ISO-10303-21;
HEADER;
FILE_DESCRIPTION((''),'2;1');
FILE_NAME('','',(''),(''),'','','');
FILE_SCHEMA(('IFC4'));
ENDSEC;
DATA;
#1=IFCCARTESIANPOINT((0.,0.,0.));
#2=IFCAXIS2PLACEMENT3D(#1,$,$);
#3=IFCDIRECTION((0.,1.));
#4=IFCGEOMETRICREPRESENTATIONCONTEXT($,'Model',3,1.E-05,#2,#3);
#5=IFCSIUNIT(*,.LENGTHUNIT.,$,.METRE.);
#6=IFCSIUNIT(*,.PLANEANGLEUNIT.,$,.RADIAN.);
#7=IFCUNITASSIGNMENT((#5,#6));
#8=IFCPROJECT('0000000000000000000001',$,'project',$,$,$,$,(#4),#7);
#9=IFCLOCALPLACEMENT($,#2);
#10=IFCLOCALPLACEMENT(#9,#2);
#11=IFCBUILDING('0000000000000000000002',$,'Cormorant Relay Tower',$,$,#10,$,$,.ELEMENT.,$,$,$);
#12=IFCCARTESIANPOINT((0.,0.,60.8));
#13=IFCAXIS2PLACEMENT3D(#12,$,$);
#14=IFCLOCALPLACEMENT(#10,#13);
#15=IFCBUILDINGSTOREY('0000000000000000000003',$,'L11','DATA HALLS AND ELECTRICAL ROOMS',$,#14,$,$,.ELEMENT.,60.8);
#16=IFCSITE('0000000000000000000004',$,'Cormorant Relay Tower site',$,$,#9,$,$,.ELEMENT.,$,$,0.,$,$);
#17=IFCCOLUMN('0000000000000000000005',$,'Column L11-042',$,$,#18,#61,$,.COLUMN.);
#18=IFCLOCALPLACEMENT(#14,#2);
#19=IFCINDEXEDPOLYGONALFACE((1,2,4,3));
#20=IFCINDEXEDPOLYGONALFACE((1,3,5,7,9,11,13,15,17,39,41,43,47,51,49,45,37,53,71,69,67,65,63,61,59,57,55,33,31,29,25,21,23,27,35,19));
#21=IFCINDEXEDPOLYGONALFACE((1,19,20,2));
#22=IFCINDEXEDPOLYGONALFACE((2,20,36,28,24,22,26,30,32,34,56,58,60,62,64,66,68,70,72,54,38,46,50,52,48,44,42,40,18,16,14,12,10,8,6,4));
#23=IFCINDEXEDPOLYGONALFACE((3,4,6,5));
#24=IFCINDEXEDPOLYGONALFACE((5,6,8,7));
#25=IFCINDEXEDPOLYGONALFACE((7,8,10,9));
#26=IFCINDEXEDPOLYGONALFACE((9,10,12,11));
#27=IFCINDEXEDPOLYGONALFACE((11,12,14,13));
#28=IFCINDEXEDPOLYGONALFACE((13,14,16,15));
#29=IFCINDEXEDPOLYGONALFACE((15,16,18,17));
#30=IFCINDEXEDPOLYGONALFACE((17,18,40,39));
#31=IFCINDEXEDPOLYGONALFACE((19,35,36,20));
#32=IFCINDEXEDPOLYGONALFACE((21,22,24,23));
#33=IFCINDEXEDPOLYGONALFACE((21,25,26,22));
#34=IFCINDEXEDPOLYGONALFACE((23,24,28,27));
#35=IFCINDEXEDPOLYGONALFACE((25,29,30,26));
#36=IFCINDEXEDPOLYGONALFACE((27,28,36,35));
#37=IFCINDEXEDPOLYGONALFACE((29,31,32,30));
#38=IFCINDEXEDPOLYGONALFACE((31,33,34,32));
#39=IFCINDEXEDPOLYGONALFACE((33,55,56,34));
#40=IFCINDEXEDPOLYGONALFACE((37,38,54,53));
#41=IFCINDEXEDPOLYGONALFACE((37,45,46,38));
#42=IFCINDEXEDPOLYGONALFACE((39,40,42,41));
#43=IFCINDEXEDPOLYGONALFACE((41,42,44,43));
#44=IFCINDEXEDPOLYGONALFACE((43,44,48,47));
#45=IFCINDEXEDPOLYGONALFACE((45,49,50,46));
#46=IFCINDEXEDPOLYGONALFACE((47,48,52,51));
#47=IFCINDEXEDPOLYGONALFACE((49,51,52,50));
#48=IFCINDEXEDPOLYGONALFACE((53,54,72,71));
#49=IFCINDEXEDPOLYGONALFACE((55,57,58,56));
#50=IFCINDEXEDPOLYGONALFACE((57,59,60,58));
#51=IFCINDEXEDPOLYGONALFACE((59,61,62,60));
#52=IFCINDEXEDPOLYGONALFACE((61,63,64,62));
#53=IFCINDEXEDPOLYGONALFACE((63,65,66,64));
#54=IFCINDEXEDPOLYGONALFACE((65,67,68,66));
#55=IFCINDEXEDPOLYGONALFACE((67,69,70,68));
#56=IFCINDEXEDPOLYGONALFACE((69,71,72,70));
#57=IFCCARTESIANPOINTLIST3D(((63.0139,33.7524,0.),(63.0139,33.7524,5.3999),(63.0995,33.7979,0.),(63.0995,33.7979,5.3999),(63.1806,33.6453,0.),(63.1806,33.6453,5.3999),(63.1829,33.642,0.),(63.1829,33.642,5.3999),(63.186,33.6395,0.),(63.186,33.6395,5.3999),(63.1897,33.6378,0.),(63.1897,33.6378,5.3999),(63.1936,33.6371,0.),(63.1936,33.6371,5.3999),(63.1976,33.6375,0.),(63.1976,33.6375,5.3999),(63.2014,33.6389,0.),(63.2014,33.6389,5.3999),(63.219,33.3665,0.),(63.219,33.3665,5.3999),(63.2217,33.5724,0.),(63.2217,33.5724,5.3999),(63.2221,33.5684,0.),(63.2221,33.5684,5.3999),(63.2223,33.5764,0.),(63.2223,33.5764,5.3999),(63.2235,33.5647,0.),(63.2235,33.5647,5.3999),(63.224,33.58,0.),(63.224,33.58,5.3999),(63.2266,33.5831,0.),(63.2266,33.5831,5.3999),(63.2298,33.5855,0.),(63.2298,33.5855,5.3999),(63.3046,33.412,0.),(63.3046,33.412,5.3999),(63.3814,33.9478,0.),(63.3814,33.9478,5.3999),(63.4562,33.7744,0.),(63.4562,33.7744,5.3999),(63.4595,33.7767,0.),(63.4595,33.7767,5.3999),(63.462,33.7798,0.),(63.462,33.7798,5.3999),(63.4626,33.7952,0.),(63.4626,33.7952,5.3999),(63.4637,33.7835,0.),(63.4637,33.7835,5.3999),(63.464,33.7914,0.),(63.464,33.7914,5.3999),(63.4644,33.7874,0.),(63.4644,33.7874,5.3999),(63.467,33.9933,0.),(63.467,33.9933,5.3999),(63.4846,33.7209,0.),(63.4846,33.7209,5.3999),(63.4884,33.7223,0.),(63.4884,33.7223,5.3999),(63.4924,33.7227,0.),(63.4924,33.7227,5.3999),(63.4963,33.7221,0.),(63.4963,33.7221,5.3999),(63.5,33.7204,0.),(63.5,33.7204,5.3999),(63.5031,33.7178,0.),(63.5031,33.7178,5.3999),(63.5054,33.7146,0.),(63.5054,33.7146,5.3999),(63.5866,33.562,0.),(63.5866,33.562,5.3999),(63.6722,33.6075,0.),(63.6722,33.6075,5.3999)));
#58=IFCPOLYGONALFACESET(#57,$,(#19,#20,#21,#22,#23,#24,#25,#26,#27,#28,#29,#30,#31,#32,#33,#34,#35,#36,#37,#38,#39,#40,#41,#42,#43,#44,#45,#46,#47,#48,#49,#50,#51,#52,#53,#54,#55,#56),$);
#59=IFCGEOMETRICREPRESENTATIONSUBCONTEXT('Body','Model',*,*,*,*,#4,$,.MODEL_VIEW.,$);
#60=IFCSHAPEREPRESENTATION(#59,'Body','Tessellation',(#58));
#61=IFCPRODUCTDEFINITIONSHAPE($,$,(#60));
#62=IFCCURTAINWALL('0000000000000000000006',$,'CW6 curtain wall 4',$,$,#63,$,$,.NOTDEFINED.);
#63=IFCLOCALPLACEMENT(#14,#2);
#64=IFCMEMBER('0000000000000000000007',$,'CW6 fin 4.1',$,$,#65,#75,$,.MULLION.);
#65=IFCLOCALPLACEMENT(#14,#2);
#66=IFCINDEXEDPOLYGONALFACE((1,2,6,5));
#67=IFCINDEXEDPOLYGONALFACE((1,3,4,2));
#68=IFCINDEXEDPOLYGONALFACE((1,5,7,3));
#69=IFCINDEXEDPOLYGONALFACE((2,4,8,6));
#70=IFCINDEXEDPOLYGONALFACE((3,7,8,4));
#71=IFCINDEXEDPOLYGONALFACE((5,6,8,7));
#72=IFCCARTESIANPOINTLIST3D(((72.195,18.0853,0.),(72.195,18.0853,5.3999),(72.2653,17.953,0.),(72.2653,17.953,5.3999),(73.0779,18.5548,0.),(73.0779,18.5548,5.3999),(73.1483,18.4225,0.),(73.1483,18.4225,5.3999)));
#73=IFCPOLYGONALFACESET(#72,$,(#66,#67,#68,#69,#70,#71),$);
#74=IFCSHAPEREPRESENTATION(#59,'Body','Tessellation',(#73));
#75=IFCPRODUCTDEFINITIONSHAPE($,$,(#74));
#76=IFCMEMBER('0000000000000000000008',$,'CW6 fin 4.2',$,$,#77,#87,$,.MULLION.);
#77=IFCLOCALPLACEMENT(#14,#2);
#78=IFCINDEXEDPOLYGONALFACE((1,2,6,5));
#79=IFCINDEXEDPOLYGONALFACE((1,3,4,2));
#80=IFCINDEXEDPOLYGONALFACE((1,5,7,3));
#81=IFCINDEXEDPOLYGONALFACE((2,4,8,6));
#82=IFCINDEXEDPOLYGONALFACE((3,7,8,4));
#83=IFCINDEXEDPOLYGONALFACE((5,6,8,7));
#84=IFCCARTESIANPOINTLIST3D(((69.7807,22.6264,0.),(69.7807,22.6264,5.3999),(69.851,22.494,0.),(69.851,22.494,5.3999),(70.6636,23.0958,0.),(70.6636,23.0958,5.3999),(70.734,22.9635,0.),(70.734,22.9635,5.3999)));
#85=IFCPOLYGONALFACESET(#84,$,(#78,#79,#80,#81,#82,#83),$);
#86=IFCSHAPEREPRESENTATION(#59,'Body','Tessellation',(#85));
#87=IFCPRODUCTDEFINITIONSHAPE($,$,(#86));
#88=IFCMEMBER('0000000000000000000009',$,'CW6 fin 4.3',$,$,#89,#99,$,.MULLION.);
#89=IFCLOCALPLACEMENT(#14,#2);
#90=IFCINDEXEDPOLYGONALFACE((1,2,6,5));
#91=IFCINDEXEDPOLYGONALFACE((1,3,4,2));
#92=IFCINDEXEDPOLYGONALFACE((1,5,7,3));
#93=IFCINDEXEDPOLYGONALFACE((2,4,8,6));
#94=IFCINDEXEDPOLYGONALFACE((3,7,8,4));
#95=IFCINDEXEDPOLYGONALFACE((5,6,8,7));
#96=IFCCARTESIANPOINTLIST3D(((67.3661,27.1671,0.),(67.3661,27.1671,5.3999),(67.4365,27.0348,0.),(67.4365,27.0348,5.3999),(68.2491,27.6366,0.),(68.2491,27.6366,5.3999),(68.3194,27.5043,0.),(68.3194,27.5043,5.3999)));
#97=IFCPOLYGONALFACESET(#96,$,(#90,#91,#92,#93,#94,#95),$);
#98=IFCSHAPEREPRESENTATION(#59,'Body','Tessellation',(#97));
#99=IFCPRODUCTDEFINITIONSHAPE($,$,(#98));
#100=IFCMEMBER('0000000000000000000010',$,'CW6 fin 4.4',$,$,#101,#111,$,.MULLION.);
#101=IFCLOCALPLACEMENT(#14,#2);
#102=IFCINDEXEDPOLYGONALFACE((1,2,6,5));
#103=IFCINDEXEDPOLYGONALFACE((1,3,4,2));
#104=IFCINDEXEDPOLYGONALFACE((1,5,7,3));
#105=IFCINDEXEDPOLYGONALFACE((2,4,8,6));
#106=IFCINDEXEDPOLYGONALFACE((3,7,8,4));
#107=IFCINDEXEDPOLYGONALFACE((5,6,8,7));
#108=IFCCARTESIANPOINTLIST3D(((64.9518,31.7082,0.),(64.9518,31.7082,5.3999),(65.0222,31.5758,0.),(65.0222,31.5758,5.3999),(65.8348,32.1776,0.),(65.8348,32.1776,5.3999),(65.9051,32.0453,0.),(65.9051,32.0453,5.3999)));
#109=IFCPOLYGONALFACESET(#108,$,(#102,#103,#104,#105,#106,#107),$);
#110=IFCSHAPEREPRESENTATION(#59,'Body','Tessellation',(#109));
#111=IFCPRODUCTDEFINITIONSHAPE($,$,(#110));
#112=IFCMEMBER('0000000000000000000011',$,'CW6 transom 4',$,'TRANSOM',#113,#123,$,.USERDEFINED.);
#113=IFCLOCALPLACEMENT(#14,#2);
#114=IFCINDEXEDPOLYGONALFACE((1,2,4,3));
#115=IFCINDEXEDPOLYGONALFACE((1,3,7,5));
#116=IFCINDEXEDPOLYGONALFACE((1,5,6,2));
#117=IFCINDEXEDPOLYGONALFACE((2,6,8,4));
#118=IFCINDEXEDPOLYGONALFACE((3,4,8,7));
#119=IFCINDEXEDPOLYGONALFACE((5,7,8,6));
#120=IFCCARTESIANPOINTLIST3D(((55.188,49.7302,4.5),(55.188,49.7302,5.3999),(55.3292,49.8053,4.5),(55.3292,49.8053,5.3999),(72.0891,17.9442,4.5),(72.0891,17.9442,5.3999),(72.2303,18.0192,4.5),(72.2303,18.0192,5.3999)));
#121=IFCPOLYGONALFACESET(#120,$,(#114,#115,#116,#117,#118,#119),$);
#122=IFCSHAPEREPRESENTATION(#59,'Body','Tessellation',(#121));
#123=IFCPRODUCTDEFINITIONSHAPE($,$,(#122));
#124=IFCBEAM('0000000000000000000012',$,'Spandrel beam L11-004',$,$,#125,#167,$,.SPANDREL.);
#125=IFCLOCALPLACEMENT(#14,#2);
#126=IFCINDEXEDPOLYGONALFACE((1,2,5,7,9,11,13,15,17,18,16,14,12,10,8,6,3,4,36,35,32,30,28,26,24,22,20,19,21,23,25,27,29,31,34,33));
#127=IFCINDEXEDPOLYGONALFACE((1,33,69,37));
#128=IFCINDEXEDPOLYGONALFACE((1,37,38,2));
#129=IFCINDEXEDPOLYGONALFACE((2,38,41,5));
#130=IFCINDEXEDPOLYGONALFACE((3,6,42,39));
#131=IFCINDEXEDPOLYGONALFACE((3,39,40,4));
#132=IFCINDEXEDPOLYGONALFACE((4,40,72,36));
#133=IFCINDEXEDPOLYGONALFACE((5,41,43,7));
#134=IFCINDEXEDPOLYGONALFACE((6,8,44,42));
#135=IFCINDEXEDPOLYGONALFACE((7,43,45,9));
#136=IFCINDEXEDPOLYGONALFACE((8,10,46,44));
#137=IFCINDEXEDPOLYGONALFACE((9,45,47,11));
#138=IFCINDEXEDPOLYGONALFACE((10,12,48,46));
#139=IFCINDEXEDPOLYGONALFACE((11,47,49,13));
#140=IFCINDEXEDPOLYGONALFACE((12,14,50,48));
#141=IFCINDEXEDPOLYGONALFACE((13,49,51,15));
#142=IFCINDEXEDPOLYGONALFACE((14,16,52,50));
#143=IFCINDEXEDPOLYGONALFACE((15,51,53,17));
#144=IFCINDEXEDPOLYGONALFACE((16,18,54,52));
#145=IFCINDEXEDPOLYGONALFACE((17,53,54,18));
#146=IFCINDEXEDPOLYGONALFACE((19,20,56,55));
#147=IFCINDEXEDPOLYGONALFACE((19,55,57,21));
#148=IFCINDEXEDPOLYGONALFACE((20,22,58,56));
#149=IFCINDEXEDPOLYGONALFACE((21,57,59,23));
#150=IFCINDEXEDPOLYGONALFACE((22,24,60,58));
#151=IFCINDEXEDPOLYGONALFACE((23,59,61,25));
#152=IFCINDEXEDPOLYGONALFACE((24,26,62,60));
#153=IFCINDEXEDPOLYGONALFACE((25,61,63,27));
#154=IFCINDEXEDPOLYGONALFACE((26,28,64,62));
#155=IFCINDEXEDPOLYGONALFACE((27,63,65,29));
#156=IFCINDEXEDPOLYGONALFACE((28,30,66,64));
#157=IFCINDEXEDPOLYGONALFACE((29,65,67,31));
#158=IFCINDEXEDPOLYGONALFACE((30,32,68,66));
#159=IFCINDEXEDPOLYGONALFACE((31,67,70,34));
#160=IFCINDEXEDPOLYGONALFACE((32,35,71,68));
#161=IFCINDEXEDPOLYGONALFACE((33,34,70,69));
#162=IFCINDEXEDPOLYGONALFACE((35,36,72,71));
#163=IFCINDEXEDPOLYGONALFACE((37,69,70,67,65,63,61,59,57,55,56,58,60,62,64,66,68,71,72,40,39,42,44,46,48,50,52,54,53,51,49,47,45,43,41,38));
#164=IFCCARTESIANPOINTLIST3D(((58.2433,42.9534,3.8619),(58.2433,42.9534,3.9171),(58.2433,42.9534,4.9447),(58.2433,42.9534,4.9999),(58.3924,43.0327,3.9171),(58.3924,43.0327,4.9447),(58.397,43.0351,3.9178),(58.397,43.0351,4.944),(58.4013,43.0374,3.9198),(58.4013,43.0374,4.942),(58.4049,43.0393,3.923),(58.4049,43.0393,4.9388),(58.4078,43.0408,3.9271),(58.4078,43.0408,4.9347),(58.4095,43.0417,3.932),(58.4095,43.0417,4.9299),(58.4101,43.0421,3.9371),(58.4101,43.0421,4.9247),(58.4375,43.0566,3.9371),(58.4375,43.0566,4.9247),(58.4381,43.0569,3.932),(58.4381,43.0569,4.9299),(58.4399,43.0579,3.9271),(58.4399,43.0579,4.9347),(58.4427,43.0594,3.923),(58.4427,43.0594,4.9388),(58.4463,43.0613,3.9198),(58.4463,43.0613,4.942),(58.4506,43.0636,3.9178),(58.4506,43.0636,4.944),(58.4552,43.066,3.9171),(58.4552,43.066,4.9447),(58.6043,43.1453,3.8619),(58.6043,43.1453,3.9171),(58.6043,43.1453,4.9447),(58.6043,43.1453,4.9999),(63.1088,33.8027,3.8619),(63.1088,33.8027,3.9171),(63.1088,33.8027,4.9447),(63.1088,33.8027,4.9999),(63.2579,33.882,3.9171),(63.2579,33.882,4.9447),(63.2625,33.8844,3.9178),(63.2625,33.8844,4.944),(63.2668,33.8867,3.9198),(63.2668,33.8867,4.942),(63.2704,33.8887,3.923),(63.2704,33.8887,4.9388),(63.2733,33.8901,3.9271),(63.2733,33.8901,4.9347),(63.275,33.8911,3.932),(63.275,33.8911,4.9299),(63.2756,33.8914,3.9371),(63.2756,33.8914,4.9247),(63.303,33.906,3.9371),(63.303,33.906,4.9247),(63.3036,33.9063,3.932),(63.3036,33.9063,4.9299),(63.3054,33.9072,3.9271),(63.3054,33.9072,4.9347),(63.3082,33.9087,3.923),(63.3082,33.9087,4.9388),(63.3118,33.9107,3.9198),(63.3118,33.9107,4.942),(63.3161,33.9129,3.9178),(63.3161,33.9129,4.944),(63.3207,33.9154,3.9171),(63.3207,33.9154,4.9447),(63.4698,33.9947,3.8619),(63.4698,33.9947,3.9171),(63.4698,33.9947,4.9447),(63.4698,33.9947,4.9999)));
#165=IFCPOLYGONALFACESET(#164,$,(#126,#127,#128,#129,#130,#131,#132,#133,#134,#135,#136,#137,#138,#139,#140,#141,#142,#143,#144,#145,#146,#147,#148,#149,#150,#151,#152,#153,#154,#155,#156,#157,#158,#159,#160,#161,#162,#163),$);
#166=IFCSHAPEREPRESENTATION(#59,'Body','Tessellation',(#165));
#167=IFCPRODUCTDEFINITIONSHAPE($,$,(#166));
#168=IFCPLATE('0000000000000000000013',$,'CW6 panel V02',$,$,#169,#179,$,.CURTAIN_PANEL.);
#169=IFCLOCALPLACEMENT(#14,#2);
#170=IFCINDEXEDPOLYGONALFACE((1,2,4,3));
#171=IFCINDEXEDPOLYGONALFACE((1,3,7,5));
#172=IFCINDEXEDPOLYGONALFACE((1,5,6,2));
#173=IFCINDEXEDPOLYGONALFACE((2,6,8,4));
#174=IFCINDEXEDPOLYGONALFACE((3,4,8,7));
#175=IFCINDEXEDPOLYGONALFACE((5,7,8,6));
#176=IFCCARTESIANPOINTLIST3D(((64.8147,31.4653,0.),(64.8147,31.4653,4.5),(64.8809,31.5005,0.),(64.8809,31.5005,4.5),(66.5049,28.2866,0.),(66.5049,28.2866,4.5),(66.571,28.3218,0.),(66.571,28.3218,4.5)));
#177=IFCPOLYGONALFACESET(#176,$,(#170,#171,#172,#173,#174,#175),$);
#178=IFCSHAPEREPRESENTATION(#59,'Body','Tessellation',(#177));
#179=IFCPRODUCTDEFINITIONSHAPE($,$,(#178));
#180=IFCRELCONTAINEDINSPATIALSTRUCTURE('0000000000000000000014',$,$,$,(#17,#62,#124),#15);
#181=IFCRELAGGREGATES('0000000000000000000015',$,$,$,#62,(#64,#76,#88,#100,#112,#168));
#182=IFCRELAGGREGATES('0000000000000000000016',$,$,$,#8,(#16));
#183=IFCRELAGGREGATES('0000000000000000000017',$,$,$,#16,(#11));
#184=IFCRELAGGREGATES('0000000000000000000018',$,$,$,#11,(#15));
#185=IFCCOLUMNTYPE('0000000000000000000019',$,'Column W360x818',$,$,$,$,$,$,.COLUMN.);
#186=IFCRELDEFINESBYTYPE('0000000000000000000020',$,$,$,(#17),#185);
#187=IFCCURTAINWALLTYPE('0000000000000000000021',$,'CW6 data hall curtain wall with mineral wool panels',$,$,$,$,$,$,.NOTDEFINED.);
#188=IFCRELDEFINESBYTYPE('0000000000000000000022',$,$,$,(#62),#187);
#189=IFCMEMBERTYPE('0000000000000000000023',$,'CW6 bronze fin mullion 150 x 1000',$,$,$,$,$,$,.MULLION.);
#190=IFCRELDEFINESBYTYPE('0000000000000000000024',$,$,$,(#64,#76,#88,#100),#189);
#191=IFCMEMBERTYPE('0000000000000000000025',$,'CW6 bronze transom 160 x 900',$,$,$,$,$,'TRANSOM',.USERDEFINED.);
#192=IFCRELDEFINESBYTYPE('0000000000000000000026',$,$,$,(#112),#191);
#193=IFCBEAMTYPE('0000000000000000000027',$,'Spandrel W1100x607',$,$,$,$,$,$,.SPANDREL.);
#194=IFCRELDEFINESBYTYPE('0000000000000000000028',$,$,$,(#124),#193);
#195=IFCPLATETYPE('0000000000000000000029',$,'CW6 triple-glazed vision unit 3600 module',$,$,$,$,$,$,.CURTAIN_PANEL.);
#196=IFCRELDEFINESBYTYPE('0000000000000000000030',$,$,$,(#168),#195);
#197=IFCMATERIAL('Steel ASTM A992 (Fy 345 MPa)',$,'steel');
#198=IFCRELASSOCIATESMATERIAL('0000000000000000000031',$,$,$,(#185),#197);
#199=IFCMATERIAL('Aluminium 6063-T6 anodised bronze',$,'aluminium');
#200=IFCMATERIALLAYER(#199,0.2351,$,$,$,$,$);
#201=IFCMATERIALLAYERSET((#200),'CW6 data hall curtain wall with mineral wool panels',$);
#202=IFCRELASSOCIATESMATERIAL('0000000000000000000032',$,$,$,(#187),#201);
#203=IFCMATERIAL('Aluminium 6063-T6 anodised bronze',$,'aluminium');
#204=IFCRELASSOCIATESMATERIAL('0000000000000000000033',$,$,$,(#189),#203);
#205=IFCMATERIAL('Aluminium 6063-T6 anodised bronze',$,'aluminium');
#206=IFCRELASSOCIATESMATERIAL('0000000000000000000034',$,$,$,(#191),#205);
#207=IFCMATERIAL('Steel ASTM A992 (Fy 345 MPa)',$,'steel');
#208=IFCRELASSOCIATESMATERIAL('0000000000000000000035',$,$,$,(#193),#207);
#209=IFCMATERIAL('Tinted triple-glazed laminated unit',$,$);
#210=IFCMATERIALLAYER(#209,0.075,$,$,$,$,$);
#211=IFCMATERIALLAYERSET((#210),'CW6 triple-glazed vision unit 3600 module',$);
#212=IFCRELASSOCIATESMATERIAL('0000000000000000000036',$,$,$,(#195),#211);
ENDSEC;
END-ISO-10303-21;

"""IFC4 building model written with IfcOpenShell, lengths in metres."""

from ifc_helpers import new_model, si_unit, direction, frame, origin, origin_2d, place, context, subcontext, project, spatial, rectangle, i_section, extrude, material, layer, layer_set, material_profile, profile_set, type_object, element, aggregate, save


model = new_model("IFC4")

# Units and contexts
model_context = context("Model", 3, precision=1e-05, world=origin(), true_north=direction((0.0, 1.0)))
body_context = subcontext(model_context, "Body", "Model", "MODEL_VIEW")
ifc_project = project(units=[si_unit("LENGTHUNIT", "METRE"), si_unit("PLANEANGLEUNIT", "RADIAN")], contexts=[model_context])

# Site, building, storey
site_placement = place(None, origin())
site = spatial("IfcSite", under=ifc_project, at=site_placement, Name="Cormorant Relay Tower site", CompositionType="ELEMENT", RefElevation=0.0)
building_placement = place(site_placement, origin())
building = spatial("IfcBuilding", under=site, at=building_placement, Name="Cormorant Relay Tower", CompositionType="ELEMENT")
storey_placement = place(building_placement, frame((0.0, 0.0, 60.8)))
storey = spatial("IfcBuildingStorey", under=building, at=storey_placement, Name="L11", Description="DATA HALLS AND ELECTRICAL ROOMS", CompositionType="ELEMENT", Elevation=60.8)

# Column
ifc_material_1 = material(Name="Steel ASTM A992 (Fy 345 MPa)", Category="steel")
ifc_material_profile_1 = material_profile(ifc_material_1, i_section(OverallWidth=0.437, OverallDepth=0.5132, WebThickness=0.0605, FlangeThickness=0.0969, FilletRadius=0.0154, at=origin_2d()), Name="W360x818")
ifc_profile_set_1 = profile_set([ifc_material_profile_1], Name="Steel ASTM A992 (Fy 345 MPa)")
column_type_1 = type_object("IfcColumnType", Name="Column W360x818", PredefinedType="COLUMN", material=ifc_profile_set_1)
for number, where, z_axis, x_axis, name in (
    (1, (63.343, 33.6799, 0.0), (0.0, 0.0, 1.0), (-0.469472, 0.882948, 0.0), "Column L11-042"),
):
    element("IfcColumn", number, at=place(storey_placement, frame(where, z_axis=z_axis, x_axis=x_axis)), inside=storey, type_object=column_type_1, Name=name, PredefinedType="COLUMN", context=body_context, shape_type="SweptSolid", body=[
        extrude(i_section(OverallWidth=0.437, OverallDepth=0.5132, WebThickness=0.0605, FlangeThickness=0.0969, FilletRadius=0.0154, at=origin_2d()), origin(), (0.0, 0.0, 1.0), 5.3999),
    ])

# Curtain wall, members
ifc_material_2 = material(Name="Aluminium 6063-T6 anodised bronze", Category="aluminium")
ifc_layer_1 = layer(ifc_material_2, 0.2351)
ifc_layer_set_1 = layer_set([ifc_layer_1], Name="CW6 data hall curtain wall with mineral wool panels")
curtain_wall_type = type_object("IfcCurtainWallType", Name="CW6 data hall curtain wall with mineral wool panels", PredefinedType="NOTDEFINED", material=ifc_layer_set_1)
curtain_wall_1_placement = place(storey_placement, origin())
curtain_wall_1 = element("IfcCurtainWall", 2, at=curtain_wall_1_placement, inside=storey, type_object=curtain_wall_type, Name="CW6 curtain wall 4", PredefinedType="NOTDEFINED")
ifc_material_3 = material(Name="Aluminium 6063-T6 anodised bronze", Category="aluminium")
ifc_material_profile_2 = material_profile(ifc_material_3, rectangle(XDim=0.1499, YDim=1.0, at=origin_2d()), Name="AL 150x1000")
ifc_profile_set_2 = profile_set([ifc_material_profile_2], Name="Aluminium 6063-T6 anodised bronze")
member_type_1 = type_object("IfcMemberType", Name="CW6 bronze fin mullion 150 x 1000", PredefinedType="MULLION", material=ifc_profile_set_2)
member_1_placement = place(storey_placement, frame((72.6716, 18.2539, 0.0), z_axis=(0.0, 0.0, 1.0), x_axis=(-0.469472, 0.882948, 0.0)))
member_1 = element("IfcMember", 3, at=member_1_placement, type_object=member_type_1, Name="CW6 fin 4.1", PredefinedType="MULLION", context=body_context, shape_type="SweptSolid", body=[
    extrude(rectangle(XDim=0.1499, YDim=1.0, at=origin_2d()), origin(), (0.0, 0.0, 1.0), 5.3999),
])
member_2_placement = place(storey_placement, frame((70.2573, 22.7949, 0.0), z_axis=(0.0, 0.0, 1.0), x_axis=(-0.469472, 0.882948, 0.0)))
member_2 = element("IfcMember", 4, at=member_2_placement, type_object=member_type_1, Name="CW6 fin 4.2", PredefinedType="MULLION", context=body_context, shape_type="SweptSolid", body=[
    extrude(rectangle(XDim=0.1499, YDim=1.0, at=origin_2d()), origin(), (0.0, 0.0, 1.0), 5.3999),
])
member_3_placement = place(storey_placement, frame((67.8428, 27.3357, 0.0), z_axis=(0.0, 0.0, 1.0), x_axis=(-0.469472, 0.882948, 0.0)))
member_3 = element("IfcMember", 5, at=member_3_placement, type_object=member_type_1, Name="CW6 fin 4.3", PredefinedType="MULLION", context=body_context, shape_type="SweptSolid", body=[
    extrude(rectangle(XDim=0.1499, YDim=1.0, at=origin_2d()), origin(), (0.0, 0.0, 1.0), 5.3999),
])
member_4_placement = place(storey_placement, frame((65.4285, 31.8767, 0.0), z_axis=(0.0, 0.0, 1.0), x_axis=(-0.469472, 0.882948, 0.0)))
member_4 = element("IfcMember", 6, at=member_4_placement, type_object=member_type_1, Name="CW6 fin 4.4", PredefinedType="MULLION", context=body_context, shape_type="SweptSolid", body=[
    extrude(rectangle(XDim=0.1499, YDim=1.0, at=origin_2d()), origin(), (0.0, 0.0, 1.0), 5.3999),
])
ifc_material_4 = material(Name="Aluminium 6063-T6 anodised bronze", Category="aluminium")
ifc_material_profile_3 = material_profile(ifc_material_4, rectangle(XDim=0.1599, YDim=0.8999, at=origin_2d()), Name="AL 160x900")
ifc_profile_set_3 = profile_set([ifc_material_profile_3], Name="Aluminium 6063-T6 anodised bronze")
member_type_2 = type_object("IfcMemberType", Name="CW6 bronze transom 160 x 900", ElementType="TRANSOM", PredefinedType="USERDEFINED", material=ifc_profile_set_3)
member_5_placement = place(storey_placement, frame((72.1597, 17.9817, 4.95), z_axis=(-0.469475, 0.882946, 0.0), x_axis=(-0.882946, -0.469475, 0.0)))
member_5 = element("IfcMember", 7, at=member_5_placement, type_object=member_type_2, Name="CW6 transom 4", ObjectType="TRANSOM", PredefinedType="USERDEFINED", context=body_context, shape_type="SweptSolid", body=[
    extrude(rectangle(XDim=0.1599, YDim=0.8999, at=origin_2d()), origin(), (0.0, 0.0, 1.0), 36.0),
])

# Beam
ifc_material_5 = material(Name="Steel ASTM A992 (Fy 345 MPa)", Category="steel")
ifc_material_profile_4 = material_profile(ifc_material_5, i_section(OverallWidth=0.4089, OverallDepth=1.1379, WebThickness=0.031, FlangeThickness=0.0552, FilletRadius=0.02, at=origin_2d()), Name="W1100x607")
ifc_profile_set_4 = profile_set([ifc_material_profile_4], Name="Steel ASTM A992 (Fy 345 MPa)")
beam_type = type_object("IfcBeamType", Name="Spandrel W1100x607", PredefinedType="SPANDREL", material=ifc_profile_set_4)
beam_placement = place(storey_placement, frame((63.2893, 33.8987, 4.4309), z_axis=(-0.469472, 0.882948, 0.0), x_axis=(-0.882948, -0.469472, 0.0)))
element("IfcBeam", 8, at=beam_placement, inside=storey, type_object=beam_type, Name="Spandrel beam L11-004", PredefinedType="SPANDREL", context=body_context, shape_type="SweptSolid", body=[
    extrude(i_section(OverallWidth=0.4089, OverallDepth=1.1379, WebThickness=0.031, FlangeThickness=0.0552, FilletRadius=0.02, at=origin_2d()), origin(), (0.0, 0.0, 1.0), 10.3638),
])

# Plate
ifc_material_6 = material(Name="Tinted triple-glazed laminated unit")
ifc_layer_2 = layer(ifc_material_6, 0.075)
ifc_layer_set_2 = layer_set([ifc_layer_2], Name="CW6 triple-glazed vision unit 3600 module")
plate_type = type_object("IfcPlateType", Name="CW6 triple-glazed vision unit 3600 module", PredefinedType="CURTAIN_PANEL", material=ifc_layer_set_2)
plate_placement = place(storey_placement, frame((65.6929, 29.8936, 0.0), z_axis=(0.0, 0.0, 1.0), x_axis=(-0.469472, 0.882948, 0.0)))
plate = element("IfcPlate", 9, at=plate_placement, type_object=plate_type, Name="CW6 panel V02", PredefinedType="CURTAIN_PANEL", context=body_context, shape_type="SweptSolid", body=[
    extrude(rectangle(XDim=3.6001, YDim=0.075, at=origin_2d()), origin(), (0.0, 0.0, 1.0), 4.5),
])

aggregate(curtain_wall_1, [member_1, member_2, member_3, member_4, member_5, plate])

save(model, "model.ifc")
